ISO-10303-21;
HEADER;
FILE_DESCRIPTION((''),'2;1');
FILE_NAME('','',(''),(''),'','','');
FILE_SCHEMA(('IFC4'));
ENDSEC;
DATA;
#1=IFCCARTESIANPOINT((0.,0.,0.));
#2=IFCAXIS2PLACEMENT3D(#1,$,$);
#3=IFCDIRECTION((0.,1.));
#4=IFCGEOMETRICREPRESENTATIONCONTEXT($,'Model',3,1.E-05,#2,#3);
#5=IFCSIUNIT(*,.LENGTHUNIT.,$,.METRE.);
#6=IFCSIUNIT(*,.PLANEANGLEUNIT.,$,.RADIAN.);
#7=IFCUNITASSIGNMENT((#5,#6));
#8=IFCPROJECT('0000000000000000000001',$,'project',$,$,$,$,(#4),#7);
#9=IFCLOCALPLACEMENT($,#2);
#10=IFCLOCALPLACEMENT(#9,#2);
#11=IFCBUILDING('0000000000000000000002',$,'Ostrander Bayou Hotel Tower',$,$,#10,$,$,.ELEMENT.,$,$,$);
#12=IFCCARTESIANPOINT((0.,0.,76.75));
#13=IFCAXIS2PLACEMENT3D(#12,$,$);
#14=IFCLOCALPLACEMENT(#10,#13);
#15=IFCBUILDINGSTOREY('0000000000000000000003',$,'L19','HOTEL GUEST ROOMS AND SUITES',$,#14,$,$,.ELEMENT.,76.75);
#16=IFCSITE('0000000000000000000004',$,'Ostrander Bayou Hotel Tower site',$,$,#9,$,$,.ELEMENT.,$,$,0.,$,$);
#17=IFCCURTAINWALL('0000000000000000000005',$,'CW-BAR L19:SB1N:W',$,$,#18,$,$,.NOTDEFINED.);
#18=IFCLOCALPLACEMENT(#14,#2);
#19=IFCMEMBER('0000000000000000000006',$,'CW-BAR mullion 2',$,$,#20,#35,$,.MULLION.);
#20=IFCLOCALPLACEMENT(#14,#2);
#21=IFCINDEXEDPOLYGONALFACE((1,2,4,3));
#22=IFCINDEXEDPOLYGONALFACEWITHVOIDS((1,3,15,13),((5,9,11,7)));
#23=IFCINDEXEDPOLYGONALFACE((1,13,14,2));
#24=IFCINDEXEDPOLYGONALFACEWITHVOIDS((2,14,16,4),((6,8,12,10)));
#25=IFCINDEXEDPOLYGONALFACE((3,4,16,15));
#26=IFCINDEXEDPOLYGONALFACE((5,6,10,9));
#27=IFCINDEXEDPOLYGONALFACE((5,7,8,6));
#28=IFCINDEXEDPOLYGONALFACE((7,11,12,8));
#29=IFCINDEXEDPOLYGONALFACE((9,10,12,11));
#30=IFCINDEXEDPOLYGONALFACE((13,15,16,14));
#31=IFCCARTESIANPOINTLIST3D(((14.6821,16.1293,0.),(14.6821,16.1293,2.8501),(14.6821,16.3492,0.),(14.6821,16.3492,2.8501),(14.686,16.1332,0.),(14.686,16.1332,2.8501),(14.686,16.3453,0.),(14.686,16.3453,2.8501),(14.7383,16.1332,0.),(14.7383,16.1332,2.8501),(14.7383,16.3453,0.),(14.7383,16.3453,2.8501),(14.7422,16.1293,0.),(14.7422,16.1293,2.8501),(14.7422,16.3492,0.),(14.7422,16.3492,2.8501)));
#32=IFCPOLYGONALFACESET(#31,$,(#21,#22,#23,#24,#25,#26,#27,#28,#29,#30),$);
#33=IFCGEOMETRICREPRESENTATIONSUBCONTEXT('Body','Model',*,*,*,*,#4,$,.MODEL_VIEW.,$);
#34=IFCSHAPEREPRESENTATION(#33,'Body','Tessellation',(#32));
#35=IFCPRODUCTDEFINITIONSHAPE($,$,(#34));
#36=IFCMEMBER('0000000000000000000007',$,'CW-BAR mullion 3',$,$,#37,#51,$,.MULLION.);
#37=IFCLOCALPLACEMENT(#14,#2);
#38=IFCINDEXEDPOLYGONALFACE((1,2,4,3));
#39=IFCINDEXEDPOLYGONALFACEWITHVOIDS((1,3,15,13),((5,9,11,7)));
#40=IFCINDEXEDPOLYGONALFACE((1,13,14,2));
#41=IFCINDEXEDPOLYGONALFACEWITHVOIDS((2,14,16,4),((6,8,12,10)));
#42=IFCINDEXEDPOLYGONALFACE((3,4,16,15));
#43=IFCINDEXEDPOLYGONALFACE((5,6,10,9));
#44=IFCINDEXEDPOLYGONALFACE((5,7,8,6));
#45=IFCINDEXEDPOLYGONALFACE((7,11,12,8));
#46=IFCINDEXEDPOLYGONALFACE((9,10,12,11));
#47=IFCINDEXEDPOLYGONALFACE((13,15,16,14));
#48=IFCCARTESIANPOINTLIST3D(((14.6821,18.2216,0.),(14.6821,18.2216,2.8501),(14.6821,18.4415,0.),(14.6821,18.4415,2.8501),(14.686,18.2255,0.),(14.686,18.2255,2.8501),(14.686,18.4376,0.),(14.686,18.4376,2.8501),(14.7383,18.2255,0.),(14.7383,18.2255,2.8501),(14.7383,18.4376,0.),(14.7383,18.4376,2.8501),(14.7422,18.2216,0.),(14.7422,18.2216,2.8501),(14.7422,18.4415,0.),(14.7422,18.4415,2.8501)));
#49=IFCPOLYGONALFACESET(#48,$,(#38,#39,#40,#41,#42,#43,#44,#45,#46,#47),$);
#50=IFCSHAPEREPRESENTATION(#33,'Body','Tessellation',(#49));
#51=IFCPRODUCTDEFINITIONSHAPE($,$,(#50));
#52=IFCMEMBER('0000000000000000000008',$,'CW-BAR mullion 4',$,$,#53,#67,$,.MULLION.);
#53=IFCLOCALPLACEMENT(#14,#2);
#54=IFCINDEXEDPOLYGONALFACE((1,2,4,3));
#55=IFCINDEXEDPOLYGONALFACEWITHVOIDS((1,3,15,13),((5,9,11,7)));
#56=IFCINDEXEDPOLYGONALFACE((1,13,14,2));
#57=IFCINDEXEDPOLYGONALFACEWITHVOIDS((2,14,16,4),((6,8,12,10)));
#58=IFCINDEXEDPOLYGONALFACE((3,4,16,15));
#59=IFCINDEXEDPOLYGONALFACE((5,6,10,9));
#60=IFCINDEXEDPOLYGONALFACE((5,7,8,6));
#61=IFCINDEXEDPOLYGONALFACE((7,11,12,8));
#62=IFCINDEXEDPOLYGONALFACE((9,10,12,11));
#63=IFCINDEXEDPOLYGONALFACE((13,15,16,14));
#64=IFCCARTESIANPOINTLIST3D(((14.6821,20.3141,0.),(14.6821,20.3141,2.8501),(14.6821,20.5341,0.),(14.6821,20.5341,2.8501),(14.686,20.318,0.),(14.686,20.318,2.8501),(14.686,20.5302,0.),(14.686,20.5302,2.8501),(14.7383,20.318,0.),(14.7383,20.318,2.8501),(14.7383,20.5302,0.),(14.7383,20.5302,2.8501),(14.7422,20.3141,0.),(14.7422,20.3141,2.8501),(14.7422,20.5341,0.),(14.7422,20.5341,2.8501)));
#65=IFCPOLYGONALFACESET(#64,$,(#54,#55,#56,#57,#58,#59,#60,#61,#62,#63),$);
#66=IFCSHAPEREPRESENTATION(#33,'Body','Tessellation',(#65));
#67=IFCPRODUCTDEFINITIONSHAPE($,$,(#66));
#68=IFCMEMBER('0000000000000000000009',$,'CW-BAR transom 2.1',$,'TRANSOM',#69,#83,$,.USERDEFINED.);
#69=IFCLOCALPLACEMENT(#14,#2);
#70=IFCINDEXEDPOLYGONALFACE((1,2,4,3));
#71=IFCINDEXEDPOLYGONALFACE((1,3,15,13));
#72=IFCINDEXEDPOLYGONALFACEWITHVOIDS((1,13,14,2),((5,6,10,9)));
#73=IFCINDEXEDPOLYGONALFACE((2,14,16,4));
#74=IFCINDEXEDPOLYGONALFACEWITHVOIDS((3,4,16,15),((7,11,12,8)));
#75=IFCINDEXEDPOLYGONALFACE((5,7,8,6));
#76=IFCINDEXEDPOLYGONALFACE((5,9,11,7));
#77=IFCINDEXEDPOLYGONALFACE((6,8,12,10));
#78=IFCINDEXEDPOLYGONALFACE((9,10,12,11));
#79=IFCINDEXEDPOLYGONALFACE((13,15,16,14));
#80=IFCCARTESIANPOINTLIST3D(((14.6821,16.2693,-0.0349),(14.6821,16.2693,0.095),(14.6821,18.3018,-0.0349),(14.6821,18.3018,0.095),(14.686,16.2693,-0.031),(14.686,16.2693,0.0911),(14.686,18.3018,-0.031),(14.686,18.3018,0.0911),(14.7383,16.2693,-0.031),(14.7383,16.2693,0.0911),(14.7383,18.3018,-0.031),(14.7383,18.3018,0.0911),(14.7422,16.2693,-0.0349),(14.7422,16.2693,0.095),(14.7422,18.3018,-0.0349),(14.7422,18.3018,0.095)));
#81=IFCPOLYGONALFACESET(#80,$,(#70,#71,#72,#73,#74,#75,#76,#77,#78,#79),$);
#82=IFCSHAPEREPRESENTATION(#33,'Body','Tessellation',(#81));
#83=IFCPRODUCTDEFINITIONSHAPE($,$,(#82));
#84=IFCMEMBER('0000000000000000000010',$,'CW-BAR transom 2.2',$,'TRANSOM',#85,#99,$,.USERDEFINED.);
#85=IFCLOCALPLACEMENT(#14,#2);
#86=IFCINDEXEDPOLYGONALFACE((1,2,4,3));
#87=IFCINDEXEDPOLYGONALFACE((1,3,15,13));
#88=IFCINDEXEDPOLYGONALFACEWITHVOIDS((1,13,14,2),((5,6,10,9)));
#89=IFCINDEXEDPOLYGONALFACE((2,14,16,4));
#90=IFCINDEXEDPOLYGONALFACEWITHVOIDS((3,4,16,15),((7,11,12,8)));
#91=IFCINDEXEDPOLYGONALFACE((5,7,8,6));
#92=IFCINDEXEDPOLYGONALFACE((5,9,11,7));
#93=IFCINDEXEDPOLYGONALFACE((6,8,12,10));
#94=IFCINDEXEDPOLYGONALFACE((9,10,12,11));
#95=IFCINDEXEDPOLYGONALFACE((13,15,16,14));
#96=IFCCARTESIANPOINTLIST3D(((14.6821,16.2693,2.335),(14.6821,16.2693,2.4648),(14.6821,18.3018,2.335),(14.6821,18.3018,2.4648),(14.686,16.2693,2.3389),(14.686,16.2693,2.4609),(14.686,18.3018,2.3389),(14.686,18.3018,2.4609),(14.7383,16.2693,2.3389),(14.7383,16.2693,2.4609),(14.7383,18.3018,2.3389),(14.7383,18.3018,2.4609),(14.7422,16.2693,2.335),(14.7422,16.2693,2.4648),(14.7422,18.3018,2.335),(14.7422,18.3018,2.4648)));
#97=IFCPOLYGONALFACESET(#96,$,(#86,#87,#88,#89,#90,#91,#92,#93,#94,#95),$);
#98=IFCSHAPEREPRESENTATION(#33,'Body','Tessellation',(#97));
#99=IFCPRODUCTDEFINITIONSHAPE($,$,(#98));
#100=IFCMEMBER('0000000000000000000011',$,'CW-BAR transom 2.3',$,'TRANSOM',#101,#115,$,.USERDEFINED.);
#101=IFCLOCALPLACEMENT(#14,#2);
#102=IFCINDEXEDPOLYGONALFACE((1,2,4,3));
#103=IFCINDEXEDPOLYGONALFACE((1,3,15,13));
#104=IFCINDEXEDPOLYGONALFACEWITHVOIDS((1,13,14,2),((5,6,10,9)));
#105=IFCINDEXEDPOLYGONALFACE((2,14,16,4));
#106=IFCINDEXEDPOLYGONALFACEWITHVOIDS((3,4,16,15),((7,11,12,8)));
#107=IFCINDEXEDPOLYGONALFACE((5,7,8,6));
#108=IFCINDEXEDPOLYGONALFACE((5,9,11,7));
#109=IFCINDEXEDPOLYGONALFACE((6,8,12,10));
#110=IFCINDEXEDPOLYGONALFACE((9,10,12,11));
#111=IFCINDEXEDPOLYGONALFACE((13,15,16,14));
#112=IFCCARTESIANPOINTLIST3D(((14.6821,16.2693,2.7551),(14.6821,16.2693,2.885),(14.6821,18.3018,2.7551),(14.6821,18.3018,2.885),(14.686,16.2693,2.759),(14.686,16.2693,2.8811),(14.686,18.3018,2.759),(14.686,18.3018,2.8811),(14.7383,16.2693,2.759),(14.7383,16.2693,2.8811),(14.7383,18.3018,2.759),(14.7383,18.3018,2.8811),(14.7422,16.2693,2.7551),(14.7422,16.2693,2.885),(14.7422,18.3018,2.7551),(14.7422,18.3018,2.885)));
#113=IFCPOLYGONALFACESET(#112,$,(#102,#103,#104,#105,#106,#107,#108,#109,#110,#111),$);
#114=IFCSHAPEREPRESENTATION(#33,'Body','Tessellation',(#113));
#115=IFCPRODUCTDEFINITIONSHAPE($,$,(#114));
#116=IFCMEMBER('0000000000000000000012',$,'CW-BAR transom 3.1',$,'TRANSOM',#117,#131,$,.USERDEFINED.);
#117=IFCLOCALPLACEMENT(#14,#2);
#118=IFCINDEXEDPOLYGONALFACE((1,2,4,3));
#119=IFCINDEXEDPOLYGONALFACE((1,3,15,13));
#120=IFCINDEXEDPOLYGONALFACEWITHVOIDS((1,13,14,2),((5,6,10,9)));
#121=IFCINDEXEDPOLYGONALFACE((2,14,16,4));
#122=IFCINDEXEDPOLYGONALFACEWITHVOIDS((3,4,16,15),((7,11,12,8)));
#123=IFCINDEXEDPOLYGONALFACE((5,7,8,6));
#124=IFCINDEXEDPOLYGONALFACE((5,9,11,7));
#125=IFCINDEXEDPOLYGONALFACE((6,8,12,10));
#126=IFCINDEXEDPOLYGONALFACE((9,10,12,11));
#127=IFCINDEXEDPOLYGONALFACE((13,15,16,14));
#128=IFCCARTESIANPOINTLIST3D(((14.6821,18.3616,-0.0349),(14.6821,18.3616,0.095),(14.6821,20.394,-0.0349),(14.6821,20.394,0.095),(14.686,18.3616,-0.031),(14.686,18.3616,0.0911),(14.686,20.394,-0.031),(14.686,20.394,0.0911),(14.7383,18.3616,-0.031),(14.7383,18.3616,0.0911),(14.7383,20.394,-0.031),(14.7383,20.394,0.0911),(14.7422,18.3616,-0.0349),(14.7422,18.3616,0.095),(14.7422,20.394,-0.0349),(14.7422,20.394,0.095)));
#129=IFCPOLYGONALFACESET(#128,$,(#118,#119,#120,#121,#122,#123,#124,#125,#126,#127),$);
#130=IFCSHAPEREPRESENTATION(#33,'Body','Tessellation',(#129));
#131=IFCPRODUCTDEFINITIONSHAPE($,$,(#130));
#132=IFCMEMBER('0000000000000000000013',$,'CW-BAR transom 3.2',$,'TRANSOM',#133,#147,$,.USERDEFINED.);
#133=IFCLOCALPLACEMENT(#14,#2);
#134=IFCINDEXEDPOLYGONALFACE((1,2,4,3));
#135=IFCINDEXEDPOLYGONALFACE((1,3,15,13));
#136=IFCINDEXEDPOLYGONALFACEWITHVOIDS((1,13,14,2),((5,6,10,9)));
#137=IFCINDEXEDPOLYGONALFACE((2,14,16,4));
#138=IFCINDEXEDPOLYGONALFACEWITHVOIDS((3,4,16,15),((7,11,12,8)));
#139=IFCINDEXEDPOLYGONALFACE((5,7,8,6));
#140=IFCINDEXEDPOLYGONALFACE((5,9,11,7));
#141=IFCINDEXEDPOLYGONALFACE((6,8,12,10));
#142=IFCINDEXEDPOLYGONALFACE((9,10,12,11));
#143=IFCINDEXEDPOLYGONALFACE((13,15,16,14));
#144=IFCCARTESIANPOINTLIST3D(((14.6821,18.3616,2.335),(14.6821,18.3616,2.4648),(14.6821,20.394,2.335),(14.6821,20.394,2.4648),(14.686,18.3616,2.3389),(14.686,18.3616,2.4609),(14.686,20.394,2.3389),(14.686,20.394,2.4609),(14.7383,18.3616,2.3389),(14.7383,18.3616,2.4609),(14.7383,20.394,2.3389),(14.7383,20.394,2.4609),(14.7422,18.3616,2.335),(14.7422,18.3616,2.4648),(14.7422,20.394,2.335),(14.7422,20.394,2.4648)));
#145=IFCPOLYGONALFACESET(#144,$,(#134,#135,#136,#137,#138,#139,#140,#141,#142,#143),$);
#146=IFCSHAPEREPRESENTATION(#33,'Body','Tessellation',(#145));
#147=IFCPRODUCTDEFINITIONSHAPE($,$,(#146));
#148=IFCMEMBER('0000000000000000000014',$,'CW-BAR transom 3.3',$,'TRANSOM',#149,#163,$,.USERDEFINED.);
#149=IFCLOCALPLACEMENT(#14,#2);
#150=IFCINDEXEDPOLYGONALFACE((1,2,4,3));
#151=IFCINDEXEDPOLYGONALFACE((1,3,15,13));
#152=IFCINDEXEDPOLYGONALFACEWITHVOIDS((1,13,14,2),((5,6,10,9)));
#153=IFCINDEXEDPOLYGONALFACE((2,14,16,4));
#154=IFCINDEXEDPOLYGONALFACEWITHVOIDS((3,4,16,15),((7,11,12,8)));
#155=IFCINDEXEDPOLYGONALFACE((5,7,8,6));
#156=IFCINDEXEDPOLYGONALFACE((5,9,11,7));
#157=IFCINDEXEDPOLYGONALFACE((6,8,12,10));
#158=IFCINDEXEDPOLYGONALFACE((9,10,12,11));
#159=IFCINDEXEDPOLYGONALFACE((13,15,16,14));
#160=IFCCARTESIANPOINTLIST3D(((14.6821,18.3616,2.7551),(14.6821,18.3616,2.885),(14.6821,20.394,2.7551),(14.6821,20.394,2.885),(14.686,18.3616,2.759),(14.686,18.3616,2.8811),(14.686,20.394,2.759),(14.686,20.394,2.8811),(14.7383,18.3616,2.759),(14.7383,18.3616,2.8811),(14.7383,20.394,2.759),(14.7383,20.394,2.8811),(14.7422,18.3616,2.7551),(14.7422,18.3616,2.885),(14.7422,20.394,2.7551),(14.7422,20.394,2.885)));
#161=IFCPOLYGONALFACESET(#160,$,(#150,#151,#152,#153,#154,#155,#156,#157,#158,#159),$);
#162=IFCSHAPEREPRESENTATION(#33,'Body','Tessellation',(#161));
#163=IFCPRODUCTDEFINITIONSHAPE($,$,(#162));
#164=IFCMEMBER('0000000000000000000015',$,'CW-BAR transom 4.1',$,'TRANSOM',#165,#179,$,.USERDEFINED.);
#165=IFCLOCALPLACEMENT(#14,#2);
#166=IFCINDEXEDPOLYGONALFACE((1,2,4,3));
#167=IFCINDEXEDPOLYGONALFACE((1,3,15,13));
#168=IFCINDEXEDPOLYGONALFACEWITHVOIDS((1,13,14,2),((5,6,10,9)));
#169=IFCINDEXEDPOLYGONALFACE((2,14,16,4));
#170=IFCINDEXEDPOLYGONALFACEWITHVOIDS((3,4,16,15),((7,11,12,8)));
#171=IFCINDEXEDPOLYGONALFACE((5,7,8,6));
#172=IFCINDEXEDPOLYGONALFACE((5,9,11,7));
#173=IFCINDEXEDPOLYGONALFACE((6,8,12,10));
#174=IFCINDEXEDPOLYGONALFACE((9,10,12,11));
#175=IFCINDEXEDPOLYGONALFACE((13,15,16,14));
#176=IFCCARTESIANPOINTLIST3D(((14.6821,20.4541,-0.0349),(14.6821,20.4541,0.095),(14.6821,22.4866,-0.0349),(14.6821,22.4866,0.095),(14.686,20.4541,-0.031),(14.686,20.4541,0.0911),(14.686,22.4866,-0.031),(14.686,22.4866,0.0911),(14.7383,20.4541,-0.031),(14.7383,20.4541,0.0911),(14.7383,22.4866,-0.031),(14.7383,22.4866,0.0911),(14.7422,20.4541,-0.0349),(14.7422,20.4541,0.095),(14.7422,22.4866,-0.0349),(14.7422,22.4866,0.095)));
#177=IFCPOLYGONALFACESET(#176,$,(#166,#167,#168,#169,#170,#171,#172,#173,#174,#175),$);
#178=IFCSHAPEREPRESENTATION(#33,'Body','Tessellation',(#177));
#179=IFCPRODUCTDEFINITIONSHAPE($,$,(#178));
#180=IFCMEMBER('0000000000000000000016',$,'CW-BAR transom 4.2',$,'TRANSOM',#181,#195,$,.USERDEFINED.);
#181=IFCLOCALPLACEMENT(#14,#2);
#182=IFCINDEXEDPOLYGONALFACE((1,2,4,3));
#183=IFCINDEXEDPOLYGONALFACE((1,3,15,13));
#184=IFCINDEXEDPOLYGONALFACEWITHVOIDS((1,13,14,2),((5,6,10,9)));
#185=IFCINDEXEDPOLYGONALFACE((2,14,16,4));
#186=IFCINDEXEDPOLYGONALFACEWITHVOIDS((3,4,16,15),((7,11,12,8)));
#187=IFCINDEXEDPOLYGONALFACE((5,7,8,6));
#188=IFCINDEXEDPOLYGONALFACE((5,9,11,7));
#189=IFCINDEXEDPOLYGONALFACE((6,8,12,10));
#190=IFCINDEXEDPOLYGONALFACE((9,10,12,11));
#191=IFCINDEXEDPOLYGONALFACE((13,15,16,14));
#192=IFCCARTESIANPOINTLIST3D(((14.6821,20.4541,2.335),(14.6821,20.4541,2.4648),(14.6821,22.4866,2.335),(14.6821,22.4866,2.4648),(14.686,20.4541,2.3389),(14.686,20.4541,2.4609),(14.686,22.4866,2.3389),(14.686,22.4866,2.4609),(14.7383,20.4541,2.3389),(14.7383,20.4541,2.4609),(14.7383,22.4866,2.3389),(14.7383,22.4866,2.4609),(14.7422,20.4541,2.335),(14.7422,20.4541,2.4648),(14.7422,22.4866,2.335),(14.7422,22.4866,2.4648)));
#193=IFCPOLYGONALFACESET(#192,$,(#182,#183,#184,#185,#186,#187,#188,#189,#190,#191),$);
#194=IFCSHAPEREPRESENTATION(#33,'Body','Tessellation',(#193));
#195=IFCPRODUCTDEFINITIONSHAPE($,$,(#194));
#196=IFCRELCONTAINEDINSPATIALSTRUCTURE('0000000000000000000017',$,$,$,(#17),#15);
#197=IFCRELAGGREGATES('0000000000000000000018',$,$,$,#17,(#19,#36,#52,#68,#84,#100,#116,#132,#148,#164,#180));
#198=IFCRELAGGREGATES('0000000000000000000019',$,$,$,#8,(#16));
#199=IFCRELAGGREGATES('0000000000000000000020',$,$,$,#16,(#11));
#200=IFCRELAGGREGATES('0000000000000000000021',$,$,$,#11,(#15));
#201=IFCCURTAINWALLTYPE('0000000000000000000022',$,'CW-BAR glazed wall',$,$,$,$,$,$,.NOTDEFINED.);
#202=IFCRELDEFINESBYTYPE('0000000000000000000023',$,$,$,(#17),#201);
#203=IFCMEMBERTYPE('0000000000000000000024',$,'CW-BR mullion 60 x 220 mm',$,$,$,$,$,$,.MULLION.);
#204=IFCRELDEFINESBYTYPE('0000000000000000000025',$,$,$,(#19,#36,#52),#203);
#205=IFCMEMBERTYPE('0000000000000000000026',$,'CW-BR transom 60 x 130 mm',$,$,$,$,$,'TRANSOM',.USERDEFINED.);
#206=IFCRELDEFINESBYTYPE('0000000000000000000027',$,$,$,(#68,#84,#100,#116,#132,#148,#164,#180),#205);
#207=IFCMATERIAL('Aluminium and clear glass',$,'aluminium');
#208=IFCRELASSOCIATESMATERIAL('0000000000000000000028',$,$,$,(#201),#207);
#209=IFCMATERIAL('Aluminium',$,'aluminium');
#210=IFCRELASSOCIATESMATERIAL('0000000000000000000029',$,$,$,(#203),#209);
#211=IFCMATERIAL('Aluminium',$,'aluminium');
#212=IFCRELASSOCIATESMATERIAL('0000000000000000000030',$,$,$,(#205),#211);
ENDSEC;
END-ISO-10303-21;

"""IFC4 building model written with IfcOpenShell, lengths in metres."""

from ifc_helpers import new_model, si_unit, direction, frame, origin, origin_2d, place, context, subcontext, project, spatial, hollow_rectangle, extrude, material, material_profile, profile_set, type_object, element, aggregate, save


model = new_model("IFC4")

# Units and contexts
model_context = context("Model", 3, precision=1e-05, world=origin(), true_north=direction((0.0, 1.0)))
body_context = subcontext(model_context, "Body", "Model", "MODEL_VIEW")
ifc_project = project(units=[si_unit("LENGTHUNIT", "METRE"), si_unit("PLANEANGLEUNIT", "RADIAN")], contexts=[model_context])

# Site, building, storey
site_placement = place(None, origin())
site = spatial("IfcSite", under=ifc_project, at=site_placement, Name="Ostrander Bayou Hotel Tower site", CompositionType="ELEMENT", RefElevation=0.0)
building_placement = place(site_placement, origin())
building = spatial("IfcBuilding", under=site, at=building_placement, Name="Ostrander Bayou Hotel Tower", CompositionType="ELEMENT")
storey_placement = place(building_placement, frame((0.0, 0.0, 76.75)))
storey = spatial("IfcBuildingStorey", under=building, at=storey_placement, Name="L19", Description="HOTEL GUEST ROOMS AND SUITES", CompositionType="ELEMENT", Elevation=76.75)

# Curtain wall, members
ifc_material_1 = material(Name="Aluminium and clear glass", Category="aluminium")
curtain_wall_type = type_object("IfcCurtainWallType", Name="CW-BAR glazed wall", PredefinedType="NOTDEFINED", material=ifc_material_1)
curtain_wall_placement = place(storey_placement, origin())
curtain_wall = element("IfcCurtainWall", 1, at=curtain_wall_placement, inside=storey, type_object=curtain_wall_type, Name="CW-BAR L19:SB1N:W", PredefinedType="NOTDEFINED")
ifc_material_2 = material(Name="Aluminium", Category="aluminium")
ifc_material_profile_1 = material_profile(ifc_material_2, hollow_rectangle(XDim=0.0601, YDim=0.22, WallThickness=0.0039, at=origin_2d()))
ifc_profile_set_1 = profile_set([ifc_material_profile_1], Name="Aluminium")
member_type_1 = type_object("IfcMemberType", Name="CW-BR mullion 60 x 220 mm", PredefinedType="MULLION", material=ifc_profile_set_1)
member_1_placement = place(storey_placement, frame((14.7122, 16.2393, 0.0), z_axis=(0.0, 0.0, 1.0), x_axis=(-1.0, 0.0, 0.0)))
member_1 = element("IfcMember", 2, at=member_1_placement, type_object=member_type_1, Name="CW-BAR mullion 2", PredefinedType="MULLION", context=body_context, shape_type="SweptSolid", body=[
    extrude(hollow_rectangle(XDim=0.0601, YDim=0.22, WallThickness=0.0039, at=origin_2d()), origin(), (0.0, 0.0, 1.0), 2.8501),
])
member_2_placement = place(storey_placement, frame((14.7122, 18.3315, 0.0), z_axis=(0.0, 0.0, 1.0), x_axis=(-1.0, 0.0, 0.0)))
member_2 = element("IfcMember", 3, at=member_2_placement, type_object=member_type_1, Name="CW-BAR mullion 3", PredefinedType="MULLION", context=body_context, shape_type="SweptSolid", body=[
    extrude(hollow_rectangle(XDim=0.0601, YDim=0.22, WallThickness=0.0039, at=origin_2d()), origin(), (0.0, 0.0, 1.0), 2.8501),
])
member_3_placement = place(storey_placement, frame((14.7122, 20.4241, 0.0), z_axis=(0.0, 0.0, 1.0), x_axis=(-1.0, 0.0, 0.0)))
member_3 = element("IfcMember", 4, at=member_3_placement, type_object=member_type_1, Name="CW-BAR mullion 4", PredefinedType="MULLION", context=body_context, shape_type="SweptSolid", body=[
    extrude(hollow_rectangle(XDim=0.0601, YDim=0.22, WallThickness=0.0039, at=origin_2d()), origin(), (0.0, 0.0, 1.0), 2.8501),
])
ifc_material_3 = material(Name="Aluminium", Category="aluminium")
ifc_material_profile_2 = material_profile(ifc_material_3, hollow_rectangle(XDim=0.0601, YDim=0.1299, WallThickness=0.0039, at=origin_2d()))
ifc_profile_set_2 = profile_set([ifc_material_profile_2], Name="Aluminium")
member_type_2 = type_object("IfcMemberType", Name="CW-BR transom 60 x 130 mm", ElementType="TRANSOM", PredefinedType="USERDEFINED", material=ifc_profile_set_2)
member_4_placement = place(storey_placement, frame((14.7122, 16.2693, 0.03), z_axis=(0.0, 1.0, 0.0), x_axis=(-1.0, 0.0, 0.0)))
member_4 = element("IfcMember", 5, at=member_4_placement, type_object=member_type_2, Name="CW-BAR transom 2.1", ObjectType="TRANSOM", PredefinedType="USERDEFINED", context=body_context, shape_type="SweptSolid", body=[
    extrude(hollow_rectangle(XDim=0.0601, YDim=0.1299, WallThickness=0.0039, at=origin_2d()), origin(), (0.0, 0.0, 1.0), 2.0325),
])
member_5_placement = place(storey_placement, frame((14.7122, 16.2693, 2.3999), z_axis=(0.0, 1.0, 0.0), x_axis=(-1.0, 0.0, 0.0)))
member_5 = element("IfcMember", 6, at=member_5_placement, type_object=member_type_2, Name="CW-BAR transom 2.2", ObjectType="TRANSOM", PredefinedType="USERDEFINED", context=body_context, shape_type="SweptSolid", body=[
    extrude(hollow_rectangle(XDim=0.0601, YDim=0.1299, WallThickness=0.0039, at=origin_2d()), origin(), (0.0, 0.0, 1.0), 2.0325),
])
member_6_placement = place(storey_placement, frame((14.7122, 16.2693, 2.8201), z_axis=(0.0, 1.0, 0.0), x_axis=(-1.0, 0.0, 0.0)))
member_6 = element("IfcMember", 7, at=member_6_placement, type_object=member_type_2, Name="CW-BAR transom 2.3", ObjectType="TRANSOM", PredefinedType="USERDEFINED", context=body_context, shape_type="SweptSolid", body=[
    extrude(hollow_rectangle(XDim=0.0601, YDim=0.1299, WallThickness=0.0039, at=origin_2d()), origin(), (0.0, 0.0, 1.0), 2.0325),
])
member_7_placement = place(storey_placement, frame((14.7122, 18.3616, 0.03), z_axis=(0.0, 1.0, 0.0), x_axis=(-1.0, 0.0, 0.0)))
member_7 = element("IfcMember", 8, at=member_7_placement, type_object=member_type_2, Name="CW-BAR transom 3.1", ObjectType="TRANSOM", PredefinedType="USERDEFINED", context=body_context, shape_type="SweptSolid", body=[
    extrude(hollow_rectangle(XDim=0.0601, YDim=0.1299, WallThickness=0.0039, at=origin_2d()), origin(), (0.0, 0.0, 1.0), 2.0325),
])
member_8_placement = place(storey_placement, frame((14.7122, 18.3616, 2.3999), z_axis=(0.0, 1.0, 0.0), x_axis=(-1.0, 0.0, 0.0)))
member_8 = element("IfcMember", 9, at=member_8_placement, type_object=member_type_2, Name="CW-BAR transom 3.2", ObjectType="TRANSOM", PredefinedType="USERDEFINED", context=body_context, shape_type="SweptSolid", body=[
    extrude(hollow_rectangle(XDim=0.0601, YDim=0.1299, WallThickness=0.0039, at=origin_2d()), origin(), (0.0, 0.0, 1.0), 2.0325),
])
member_9_placement = place(storey_placement, frame((14.7122, 18.3616, 2.8201), z_axis=(0.0, 1.0, 0.0), x_axis=(-1.0, 0.0, 0.0)))
member_9 = element("IfcMember", 10, at=member_9_placement, type_object=member_type_2, Name="CW-BAR transom 3.3", ObjectType="TRANSOM", PredefinedType="USERDEFINED", context=body_context, shape_type="SweptSolid", body=[
    extrude(hollow_rectangle(XDim=0.0601, YDim=0.1299, WallThickness=0.0039, at=origin_2d()), origin(), (0.0, 0.0, 1.0), 2.0325),
])
member_10_placement = place(storey_placement, frame((14.7122, 20.4541, 0.03), z_axis=(0.0, 1.0, 0.0), x_axis=(-1.0, 0.0, 0.0)))
member_10 = element("IfcMember", 11, at=member_10_placement, type_object=member_type_2, Name="CW-BAR transom 4.1", ObjectType="TRANSOM", PredefinedType="USERDEFINED", context=body_context, shape_type="SweptSolid", body=[
    extrude(hollow_rectangle(XDim=0.0601, YDim=0.1299, WallThickness=0.0039, at=origin_2d()), origin(), (0.0, 0.0, 1.0), 2.0325),
])
member_11_placement = place(storey_placement, frame((14.7122, 20.4541, 2.3999), z_axis=(0.0, 1.0, 0.0), x_axis=(-1.0, 0.0, 0.0)))
member_11 = element("IfcMember", 12, at=member_11_placement, type_object=member_type_2, Name="CW-BAR transom 4.2", ObjectType="TRANSOM", PredefinedType="USERDEFINED", context=body_context, shape_type="SweptSolid", body=[
    extrude(hollow_rectangle(XDim=0.0601, YDim=0.1299, WallThickness=0.0039, at=origin_2d()), origin(), (0.0, 0.0, 1.0), 2.0325),
])

aggregate(curtain_wall, [member_1, member_2, member_3, member_4, member_5, member_6, member_7, member_8, member_9, member_10, member_11])

save(model, "model.ifc")
